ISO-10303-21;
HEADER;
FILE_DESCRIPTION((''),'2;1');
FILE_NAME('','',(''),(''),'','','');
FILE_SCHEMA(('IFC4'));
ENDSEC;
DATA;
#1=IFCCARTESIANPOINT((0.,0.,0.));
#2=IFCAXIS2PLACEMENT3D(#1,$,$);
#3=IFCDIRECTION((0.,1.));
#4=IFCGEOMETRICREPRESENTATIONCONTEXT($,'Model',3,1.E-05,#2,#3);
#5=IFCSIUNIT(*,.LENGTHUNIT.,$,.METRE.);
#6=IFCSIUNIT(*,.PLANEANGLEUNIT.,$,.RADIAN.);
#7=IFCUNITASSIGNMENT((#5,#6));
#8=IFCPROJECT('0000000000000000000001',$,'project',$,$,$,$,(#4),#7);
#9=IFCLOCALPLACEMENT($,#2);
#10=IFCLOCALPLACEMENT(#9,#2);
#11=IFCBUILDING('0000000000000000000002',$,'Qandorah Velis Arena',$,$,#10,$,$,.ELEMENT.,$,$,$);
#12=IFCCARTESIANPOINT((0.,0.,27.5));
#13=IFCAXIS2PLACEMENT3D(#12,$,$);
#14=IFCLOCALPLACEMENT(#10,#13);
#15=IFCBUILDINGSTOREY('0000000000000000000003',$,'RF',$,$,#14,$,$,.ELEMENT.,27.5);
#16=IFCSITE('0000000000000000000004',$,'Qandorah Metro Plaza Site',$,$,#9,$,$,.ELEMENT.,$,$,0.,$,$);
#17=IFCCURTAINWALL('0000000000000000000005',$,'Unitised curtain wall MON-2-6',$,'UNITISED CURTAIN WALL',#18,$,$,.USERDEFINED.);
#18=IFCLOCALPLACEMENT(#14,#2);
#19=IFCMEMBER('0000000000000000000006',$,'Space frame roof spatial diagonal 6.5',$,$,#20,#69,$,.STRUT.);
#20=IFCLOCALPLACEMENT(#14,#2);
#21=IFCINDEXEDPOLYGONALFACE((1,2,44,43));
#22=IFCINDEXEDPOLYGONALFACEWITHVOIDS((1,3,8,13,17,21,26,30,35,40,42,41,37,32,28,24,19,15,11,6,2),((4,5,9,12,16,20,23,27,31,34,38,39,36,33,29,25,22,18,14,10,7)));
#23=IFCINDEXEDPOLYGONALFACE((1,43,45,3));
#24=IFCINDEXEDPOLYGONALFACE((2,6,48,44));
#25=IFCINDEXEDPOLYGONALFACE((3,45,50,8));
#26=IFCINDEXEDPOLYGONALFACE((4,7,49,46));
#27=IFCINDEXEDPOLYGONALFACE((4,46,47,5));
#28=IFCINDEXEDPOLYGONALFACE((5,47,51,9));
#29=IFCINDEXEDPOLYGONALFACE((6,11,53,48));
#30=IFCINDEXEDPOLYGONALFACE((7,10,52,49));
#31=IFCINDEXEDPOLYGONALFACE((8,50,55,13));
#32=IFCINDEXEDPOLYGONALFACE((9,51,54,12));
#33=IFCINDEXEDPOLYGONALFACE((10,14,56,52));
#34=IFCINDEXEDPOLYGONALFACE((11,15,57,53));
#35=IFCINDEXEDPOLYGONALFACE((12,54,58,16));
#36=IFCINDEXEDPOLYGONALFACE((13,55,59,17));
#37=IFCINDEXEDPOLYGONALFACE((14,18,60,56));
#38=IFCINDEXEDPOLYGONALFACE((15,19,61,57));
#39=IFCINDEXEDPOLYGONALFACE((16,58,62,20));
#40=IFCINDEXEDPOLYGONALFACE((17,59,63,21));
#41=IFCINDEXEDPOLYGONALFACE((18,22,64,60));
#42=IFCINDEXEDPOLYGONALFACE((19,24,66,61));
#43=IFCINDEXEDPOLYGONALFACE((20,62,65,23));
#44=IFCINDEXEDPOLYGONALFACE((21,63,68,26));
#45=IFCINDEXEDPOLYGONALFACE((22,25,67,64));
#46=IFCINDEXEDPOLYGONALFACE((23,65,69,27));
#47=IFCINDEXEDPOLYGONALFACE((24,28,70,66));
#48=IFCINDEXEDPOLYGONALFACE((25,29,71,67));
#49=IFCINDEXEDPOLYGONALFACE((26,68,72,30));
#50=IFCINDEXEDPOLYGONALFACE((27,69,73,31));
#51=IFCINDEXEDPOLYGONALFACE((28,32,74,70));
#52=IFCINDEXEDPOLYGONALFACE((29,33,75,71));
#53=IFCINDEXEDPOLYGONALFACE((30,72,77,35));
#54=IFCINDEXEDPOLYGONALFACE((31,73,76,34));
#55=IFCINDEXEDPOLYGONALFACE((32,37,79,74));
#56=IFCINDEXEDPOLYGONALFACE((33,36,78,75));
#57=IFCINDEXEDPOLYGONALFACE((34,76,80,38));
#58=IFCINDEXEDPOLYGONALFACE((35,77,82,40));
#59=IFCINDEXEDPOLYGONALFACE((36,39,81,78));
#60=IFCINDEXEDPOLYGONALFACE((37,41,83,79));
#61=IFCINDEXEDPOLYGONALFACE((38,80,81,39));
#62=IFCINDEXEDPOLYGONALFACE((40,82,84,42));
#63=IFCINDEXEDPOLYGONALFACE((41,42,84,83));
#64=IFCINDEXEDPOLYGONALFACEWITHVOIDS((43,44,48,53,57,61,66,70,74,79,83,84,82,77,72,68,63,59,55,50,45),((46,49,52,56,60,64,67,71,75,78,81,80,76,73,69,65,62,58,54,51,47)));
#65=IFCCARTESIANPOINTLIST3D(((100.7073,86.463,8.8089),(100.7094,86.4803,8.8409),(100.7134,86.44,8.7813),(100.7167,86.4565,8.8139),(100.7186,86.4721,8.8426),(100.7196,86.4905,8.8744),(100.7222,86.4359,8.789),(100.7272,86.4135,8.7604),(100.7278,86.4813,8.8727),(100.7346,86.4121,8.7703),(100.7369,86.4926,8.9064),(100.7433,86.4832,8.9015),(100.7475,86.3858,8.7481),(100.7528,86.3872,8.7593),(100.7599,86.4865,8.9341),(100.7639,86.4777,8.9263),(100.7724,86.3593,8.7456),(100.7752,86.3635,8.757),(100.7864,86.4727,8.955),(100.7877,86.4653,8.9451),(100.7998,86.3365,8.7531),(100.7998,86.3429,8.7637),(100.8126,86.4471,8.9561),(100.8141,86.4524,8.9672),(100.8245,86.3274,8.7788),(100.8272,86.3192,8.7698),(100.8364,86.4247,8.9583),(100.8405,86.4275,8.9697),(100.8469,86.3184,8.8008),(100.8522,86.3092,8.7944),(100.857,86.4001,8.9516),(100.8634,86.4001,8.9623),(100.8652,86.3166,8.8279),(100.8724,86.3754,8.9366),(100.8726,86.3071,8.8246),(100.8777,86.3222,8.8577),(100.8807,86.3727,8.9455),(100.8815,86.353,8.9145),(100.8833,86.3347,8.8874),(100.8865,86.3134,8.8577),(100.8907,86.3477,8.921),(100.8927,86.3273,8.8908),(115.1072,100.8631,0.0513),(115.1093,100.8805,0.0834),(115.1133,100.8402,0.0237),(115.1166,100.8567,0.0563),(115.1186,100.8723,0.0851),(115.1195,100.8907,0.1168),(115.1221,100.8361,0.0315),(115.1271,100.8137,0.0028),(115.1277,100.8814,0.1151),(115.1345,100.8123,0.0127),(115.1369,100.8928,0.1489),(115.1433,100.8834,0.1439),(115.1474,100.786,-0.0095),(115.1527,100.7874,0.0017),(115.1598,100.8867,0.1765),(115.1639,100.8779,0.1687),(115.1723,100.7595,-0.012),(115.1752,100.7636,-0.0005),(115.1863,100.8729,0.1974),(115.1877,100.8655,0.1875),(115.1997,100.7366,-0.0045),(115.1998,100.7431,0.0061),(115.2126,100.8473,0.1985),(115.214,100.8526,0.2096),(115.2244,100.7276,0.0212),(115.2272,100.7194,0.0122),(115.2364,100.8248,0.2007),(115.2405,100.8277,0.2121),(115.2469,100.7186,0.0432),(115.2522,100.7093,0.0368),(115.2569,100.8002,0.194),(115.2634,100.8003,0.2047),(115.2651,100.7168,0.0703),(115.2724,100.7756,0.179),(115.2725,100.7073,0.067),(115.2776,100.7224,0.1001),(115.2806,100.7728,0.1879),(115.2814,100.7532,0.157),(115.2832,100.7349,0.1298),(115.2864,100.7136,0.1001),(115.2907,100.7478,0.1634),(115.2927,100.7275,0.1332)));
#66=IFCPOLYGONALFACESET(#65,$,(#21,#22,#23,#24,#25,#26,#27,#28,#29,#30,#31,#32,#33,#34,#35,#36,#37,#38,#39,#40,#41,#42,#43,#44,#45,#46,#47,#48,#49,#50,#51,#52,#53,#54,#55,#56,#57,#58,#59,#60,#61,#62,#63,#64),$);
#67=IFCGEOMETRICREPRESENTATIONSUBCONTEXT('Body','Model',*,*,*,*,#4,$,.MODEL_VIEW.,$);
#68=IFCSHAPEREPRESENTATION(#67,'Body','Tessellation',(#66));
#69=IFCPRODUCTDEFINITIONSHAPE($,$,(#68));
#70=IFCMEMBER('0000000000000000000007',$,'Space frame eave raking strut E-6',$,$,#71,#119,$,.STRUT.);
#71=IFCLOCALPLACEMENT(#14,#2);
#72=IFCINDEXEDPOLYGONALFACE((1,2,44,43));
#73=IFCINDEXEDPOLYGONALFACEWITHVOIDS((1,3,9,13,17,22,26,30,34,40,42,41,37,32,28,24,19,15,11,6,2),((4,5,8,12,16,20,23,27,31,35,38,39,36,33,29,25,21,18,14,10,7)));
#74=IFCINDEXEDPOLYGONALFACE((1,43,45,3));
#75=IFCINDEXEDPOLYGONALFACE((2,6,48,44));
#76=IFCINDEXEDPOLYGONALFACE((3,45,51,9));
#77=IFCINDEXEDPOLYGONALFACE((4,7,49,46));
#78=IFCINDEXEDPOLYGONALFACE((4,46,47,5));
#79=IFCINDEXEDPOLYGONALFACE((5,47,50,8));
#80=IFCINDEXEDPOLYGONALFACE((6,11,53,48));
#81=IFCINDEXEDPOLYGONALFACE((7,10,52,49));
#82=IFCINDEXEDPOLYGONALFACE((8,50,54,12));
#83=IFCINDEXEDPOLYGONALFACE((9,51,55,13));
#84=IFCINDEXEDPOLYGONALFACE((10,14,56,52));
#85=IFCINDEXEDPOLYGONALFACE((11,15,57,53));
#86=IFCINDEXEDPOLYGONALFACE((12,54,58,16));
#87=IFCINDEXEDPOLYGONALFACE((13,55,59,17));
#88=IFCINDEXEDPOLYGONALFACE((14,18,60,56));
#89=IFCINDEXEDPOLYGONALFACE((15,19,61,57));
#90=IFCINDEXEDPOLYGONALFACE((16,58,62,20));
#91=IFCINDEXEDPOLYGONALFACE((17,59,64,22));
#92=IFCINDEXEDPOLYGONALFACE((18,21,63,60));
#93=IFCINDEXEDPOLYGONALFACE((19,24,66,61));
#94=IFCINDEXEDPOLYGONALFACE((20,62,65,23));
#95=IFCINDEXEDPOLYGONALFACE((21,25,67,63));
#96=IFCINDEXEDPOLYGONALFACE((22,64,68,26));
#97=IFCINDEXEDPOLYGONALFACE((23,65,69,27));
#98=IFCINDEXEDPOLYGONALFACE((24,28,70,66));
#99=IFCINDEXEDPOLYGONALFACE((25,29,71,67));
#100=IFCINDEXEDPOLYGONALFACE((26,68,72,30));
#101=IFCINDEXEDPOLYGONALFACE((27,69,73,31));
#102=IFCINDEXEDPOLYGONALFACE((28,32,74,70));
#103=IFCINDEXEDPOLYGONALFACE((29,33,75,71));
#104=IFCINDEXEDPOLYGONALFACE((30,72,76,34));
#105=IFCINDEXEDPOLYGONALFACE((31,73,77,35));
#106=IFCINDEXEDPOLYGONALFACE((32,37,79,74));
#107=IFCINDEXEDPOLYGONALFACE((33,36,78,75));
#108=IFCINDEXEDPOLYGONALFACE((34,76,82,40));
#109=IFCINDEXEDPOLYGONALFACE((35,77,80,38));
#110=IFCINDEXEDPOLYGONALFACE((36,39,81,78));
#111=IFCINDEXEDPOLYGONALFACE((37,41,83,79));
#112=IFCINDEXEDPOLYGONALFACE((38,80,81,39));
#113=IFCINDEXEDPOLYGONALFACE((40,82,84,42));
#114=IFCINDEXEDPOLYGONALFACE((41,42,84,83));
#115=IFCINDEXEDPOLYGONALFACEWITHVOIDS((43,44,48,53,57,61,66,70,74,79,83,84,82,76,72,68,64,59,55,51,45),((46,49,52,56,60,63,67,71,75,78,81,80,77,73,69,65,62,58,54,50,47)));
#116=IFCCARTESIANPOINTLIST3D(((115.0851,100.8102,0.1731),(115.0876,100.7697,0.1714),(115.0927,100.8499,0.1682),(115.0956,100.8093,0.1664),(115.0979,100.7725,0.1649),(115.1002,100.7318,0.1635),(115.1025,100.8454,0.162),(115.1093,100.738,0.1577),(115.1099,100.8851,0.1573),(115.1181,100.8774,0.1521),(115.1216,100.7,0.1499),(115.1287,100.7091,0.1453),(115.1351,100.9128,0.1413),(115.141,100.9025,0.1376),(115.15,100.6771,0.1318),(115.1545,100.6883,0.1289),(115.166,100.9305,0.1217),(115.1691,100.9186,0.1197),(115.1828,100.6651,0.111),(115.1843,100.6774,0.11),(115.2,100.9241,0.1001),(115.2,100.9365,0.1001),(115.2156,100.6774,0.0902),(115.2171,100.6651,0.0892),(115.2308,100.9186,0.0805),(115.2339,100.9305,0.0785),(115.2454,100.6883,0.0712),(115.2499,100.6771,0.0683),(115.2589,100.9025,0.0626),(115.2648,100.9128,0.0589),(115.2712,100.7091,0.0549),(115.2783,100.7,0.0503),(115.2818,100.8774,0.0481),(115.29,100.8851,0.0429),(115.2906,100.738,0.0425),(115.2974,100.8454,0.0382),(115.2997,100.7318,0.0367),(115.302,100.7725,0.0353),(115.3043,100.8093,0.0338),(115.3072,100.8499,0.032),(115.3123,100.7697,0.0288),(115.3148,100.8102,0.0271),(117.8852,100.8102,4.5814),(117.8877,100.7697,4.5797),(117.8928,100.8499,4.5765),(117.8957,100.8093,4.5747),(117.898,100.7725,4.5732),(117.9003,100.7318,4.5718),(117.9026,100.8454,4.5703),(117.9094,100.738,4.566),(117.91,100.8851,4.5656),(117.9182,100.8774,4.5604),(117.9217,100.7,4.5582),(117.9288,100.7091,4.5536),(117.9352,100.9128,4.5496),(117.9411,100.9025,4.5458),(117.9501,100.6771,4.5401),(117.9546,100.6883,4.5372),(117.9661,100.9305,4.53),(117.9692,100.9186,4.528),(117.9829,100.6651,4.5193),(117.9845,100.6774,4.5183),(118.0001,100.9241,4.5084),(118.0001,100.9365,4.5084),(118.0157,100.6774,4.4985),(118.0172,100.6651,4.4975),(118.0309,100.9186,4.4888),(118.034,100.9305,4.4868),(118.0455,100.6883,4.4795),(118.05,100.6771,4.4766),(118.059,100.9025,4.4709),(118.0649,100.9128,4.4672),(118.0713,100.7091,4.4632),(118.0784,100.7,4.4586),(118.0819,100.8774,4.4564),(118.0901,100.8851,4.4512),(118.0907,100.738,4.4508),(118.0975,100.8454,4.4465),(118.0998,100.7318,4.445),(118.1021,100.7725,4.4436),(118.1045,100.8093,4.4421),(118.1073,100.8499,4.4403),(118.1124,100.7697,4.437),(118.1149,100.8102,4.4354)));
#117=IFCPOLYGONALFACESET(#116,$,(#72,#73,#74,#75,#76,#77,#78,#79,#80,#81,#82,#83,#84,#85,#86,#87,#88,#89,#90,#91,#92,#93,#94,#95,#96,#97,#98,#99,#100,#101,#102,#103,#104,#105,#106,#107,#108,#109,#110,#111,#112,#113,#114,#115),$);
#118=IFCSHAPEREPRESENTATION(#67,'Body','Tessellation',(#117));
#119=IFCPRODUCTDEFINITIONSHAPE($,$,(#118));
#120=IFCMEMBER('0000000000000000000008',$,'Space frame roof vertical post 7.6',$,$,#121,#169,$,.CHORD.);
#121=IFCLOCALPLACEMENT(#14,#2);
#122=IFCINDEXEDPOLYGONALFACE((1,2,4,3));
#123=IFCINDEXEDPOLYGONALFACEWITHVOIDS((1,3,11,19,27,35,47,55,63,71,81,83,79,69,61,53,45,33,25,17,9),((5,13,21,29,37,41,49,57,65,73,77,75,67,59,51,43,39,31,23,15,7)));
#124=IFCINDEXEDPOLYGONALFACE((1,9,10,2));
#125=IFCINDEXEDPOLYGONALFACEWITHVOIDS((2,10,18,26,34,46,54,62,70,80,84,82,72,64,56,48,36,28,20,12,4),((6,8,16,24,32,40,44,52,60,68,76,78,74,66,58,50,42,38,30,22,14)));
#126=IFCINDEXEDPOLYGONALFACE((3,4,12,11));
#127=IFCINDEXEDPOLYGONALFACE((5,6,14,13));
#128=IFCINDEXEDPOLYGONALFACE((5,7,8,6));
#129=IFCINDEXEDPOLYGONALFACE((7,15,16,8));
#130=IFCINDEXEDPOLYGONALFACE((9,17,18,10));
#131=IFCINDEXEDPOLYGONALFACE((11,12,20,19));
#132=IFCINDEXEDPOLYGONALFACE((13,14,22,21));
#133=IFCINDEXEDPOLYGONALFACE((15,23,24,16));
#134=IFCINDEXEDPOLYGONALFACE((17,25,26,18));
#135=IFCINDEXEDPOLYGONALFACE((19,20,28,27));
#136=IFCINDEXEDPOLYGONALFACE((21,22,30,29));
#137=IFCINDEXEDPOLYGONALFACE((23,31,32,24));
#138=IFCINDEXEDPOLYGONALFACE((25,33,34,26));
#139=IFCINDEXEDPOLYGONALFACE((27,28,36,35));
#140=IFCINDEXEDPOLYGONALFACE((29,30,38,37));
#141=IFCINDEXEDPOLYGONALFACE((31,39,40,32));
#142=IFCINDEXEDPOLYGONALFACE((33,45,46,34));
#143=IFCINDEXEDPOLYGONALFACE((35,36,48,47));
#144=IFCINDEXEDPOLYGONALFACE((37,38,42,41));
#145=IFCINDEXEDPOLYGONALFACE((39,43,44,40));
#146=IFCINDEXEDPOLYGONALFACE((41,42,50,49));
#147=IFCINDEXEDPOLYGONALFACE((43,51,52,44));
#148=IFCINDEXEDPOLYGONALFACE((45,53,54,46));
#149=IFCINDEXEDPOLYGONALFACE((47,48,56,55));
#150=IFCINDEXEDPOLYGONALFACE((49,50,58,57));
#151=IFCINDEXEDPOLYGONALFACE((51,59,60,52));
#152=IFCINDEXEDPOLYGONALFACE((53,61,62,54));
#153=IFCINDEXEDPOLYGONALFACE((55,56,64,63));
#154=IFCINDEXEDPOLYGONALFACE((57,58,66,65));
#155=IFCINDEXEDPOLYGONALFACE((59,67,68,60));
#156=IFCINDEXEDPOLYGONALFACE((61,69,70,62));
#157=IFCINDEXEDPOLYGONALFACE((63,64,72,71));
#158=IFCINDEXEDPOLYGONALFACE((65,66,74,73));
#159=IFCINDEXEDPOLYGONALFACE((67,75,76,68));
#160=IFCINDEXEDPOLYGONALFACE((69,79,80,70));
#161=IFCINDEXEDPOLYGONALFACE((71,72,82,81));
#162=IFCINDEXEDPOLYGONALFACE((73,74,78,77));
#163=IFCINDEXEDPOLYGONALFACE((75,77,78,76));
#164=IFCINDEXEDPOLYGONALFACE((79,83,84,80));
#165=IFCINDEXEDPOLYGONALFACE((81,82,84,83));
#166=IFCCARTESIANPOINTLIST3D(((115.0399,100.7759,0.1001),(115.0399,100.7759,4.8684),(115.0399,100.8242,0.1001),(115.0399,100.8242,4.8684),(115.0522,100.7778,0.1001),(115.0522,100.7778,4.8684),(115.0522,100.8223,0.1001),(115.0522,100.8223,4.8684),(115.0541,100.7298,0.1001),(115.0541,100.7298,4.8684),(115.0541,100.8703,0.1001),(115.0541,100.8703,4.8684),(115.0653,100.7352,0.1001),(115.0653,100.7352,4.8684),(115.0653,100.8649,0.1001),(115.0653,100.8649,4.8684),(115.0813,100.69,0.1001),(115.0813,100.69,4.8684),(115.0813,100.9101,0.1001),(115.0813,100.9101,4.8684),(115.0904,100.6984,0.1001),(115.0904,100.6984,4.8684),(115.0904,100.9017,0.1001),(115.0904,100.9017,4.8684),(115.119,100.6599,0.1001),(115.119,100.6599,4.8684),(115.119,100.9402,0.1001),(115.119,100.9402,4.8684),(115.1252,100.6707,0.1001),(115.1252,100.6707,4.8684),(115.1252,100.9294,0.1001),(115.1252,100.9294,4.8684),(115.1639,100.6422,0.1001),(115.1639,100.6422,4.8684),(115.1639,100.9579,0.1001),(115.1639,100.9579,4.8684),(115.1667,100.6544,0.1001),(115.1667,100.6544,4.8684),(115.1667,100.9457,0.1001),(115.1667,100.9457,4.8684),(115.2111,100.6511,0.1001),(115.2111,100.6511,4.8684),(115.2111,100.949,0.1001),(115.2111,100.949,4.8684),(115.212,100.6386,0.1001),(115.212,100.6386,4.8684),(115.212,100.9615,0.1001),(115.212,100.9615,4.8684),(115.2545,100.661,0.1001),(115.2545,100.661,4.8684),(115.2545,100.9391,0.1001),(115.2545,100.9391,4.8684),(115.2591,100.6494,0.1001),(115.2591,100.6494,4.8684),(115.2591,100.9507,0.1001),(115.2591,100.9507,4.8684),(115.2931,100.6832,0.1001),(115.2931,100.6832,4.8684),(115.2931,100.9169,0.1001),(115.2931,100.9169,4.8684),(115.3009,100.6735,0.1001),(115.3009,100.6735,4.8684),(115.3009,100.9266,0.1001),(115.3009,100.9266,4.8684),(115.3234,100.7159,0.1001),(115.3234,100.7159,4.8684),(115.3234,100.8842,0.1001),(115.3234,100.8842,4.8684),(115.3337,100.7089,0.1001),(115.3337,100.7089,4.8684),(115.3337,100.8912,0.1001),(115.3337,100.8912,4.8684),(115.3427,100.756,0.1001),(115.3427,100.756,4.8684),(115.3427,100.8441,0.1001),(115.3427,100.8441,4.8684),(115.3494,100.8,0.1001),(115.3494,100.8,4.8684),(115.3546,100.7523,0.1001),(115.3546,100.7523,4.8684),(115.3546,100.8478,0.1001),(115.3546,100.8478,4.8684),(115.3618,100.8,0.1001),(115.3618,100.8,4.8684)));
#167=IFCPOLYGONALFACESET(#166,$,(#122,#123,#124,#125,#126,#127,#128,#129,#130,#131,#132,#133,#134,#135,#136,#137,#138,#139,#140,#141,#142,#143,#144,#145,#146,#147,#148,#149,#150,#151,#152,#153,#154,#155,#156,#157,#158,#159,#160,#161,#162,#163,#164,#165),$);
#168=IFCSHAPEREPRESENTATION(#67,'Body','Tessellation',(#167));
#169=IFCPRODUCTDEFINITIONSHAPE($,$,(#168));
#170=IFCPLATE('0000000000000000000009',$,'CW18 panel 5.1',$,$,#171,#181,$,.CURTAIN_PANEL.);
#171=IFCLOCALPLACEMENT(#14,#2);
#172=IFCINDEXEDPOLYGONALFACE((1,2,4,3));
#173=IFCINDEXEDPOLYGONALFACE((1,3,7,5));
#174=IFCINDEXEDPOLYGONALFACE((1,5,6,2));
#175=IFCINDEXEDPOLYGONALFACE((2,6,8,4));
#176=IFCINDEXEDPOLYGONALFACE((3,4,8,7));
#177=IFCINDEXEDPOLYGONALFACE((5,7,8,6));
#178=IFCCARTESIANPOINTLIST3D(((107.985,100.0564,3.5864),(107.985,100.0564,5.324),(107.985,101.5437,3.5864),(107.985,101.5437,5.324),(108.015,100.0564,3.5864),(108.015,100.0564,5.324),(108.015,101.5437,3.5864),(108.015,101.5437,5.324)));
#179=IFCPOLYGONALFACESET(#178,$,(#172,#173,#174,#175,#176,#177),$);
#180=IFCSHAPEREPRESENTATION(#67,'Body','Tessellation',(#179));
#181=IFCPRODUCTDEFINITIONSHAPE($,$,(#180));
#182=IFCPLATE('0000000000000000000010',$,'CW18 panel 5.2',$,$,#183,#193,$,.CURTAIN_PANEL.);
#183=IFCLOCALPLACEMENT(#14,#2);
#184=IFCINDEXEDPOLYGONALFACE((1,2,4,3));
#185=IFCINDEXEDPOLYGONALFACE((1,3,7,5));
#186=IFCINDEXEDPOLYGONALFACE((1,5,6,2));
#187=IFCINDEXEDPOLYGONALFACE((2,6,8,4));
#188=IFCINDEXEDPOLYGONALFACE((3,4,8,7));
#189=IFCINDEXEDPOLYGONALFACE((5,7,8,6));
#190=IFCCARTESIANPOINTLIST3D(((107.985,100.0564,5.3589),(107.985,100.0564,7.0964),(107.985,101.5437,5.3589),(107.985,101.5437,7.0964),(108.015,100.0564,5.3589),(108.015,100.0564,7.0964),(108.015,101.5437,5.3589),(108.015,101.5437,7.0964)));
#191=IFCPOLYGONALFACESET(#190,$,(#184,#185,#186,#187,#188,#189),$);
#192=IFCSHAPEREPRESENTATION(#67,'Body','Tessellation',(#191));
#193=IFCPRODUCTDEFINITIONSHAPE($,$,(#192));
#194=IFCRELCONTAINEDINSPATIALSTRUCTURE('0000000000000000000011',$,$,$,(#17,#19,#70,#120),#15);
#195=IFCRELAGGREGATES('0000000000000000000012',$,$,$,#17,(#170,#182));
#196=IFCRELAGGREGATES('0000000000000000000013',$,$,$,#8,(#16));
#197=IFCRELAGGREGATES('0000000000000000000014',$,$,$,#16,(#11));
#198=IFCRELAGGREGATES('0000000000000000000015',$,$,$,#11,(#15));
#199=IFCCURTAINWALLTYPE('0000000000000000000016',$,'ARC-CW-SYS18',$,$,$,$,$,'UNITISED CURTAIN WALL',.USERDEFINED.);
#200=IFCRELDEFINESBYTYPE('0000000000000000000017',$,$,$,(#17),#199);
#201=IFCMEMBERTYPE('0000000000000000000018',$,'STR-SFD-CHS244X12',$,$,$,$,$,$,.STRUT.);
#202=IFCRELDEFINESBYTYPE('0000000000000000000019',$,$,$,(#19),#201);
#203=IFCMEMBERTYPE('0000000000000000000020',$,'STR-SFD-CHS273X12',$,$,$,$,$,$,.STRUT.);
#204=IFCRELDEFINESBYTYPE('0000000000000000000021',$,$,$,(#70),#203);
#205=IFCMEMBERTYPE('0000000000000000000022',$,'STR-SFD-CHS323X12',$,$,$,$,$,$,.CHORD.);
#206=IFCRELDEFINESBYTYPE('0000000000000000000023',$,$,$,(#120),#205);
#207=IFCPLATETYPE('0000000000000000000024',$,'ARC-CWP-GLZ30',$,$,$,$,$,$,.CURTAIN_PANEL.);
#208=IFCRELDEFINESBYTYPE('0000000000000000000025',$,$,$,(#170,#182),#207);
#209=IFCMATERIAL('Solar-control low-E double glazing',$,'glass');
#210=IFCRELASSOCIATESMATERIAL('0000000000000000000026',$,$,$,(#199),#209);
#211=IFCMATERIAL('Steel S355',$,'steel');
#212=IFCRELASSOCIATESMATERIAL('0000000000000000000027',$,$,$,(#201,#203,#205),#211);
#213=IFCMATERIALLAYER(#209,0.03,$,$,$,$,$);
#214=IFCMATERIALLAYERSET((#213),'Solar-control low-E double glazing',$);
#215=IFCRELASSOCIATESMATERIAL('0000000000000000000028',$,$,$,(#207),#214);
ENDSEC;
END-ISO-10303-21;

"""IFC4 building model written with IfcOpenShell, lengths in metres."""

from ifc_helpers import new_model, si_unit, direction, frame, origin, origin_2d, place, context, subcontext, project, spatial, rectangle, hollow_circle, extrude, material, layer, layer_set, material_profile, profile_set, type_object, element, aggregate, save


model = new_model("IFC4")

# Units and contexts
model_context = context("Model", 3, precision=1e-05, world=origin(), true_north=direction((0.0, 1.0)))
body_context = subcontext(model_context, "Body", "Model", "MODEL_VIEW")
ifc_project = project(units=[si_unit("LENGTHUNIT", "METRE"), si_unit("PLANEANGLEUNIT", "RADIAN")], contexts=[model_context])

# Site, building, storey
site_placement = place(None, origin())
site = spatial("IfcSite", under=ifc_project, at=site_placement, Name="Qandorah Metro Plaza Site", CompositionType="ELEMENT", RefElevation=0.0)
building_placement = place(site_placement, origin())
building = spatial("IfcBuilding", under=site, at=building_placement, Name="Qandorah Velis Arena", CompositionType="ELEMENT")
storey_placement = place(building_placement, frame((0.0, 0.0, 27.5)))
storey = spatial("IfcBuildingStorey", under=building, at=storey_placement, Name="RF", CompositionType="ELEMENT", Elevation=27.5)

# Curtain wall
ifc_material_1 = material(Name="Solar-control low-E double glazing", Category="glass")
curtain_wall_type_1 = type_object("IfcCurtainWallType", Name="ARC-CW-SYS18", ElementType="UNITISED CURTAIN WALL", PredefinedType="USERDEFINED", material=ifc_material_1)
curtain_wall_1_placement = place(storey_placement, origin())
curtain_wall_1 = element("IfcCurtainWall", 1, at=curtain_wall_1_placement, inside=storey, type_object=curtain_wall_type_1, Name="Unitised curtain wall MON-2-6", ObjectType="UNITISED CURTAIN WALL", PredefinedType="USERDEFINED")

# Shared definitions
ifc_material_2 = material(Name="Steel S355", Category="steel")

# Members
ifc_material_profile_1 = material_profile(ifc_material_2, hollow_circle(Radius=0.1223, WallThickness=0.0125, at=origin_2d()), Name="CHS 244.5x12.5")
ifc_profile_set_1 = profile_set([ifc_material_profile_1], Name="Steel S355")
member_type_1 = type_object("IfcMemberType", Name="STR-SFD-CHS244X12", PredefinedType="STRUT", material=ifc_profile_set_1)
member_1_placement = place(storey_placement, frame((115.2, 100.8, 0.1001), z_axis=(-0.649583, -0.649594, 0.395056), x_axis=(0.707113, -0.707101, 0.0)))
element("IfcMember", 2, at=member_1_placement, inside=storey, type_object=member_type_1, Name="Space frame roof spatial diagonal 6.5", PredefinedType="STRUT", context=body_context, shape_type="SweptSolid", body=[
    extrude(hollow_circle(Radius=0.1223, WallThickness=0.0125, at=origin_2d()), origin(), (0.0, 0.0, 1.0), 22.168),
])
ifc_material_profile_2 = material_profile(ifc_material_2, hollow_circle(Radius=0.1365, WallThickness=0.0125, at=origin_2d()), Name="CHS 273x12.5")
ifc_profile_set_2 = profile_set([ifc_material_profile_2], Name="Steel S355")
member_type_2 = type_object("IfcMemberType", Name="STR-SFD-CHS273X12", PredefinedType="STRUT", material=ifc_profile_set_2)
member_2_placement = place(storey_placement, frame((115.2, 100.8, 0.1001), z_axis=(0.53617, 0.0, 0.84411), x_axis=(0.0, 1.0, 0.0)))
element("IfcMember", 3, at=member_2_placement, inside=storey, type_object=member_type_2, Name="Space frame eave raking strut E-6", PredefinedType="STRUT", context=body_context, shape_type="SweptSolid", body=[
    extrude(hollow_circle(Radius=0.1365, WallThickness=0.0125, at=origin_2d()), origin(), (0.0, 0.0, 1.0), 5.2224),
])
ifc_material_profile_3 = material_profile(ifc_material_2, hollow_circle(Radius=0.1619, WallThickness=0.0125, at=origin_2d()), Name="CHS 323.9x12.5")
ifc_profile_set_3 = profile_set([ifc_material_profile_3], Name="Steel S355")
member_type_3 = type_object("IfcMemberType", Name="STR-SFD-CHS323X12", PredefinedType="CHORD", material=ifc_profile_set_3)
member_3_placement = place(storey_placement, frame((115.2, 100.8, 0.1001), z_axis=(0.0, 0.0, 1.0), x_axis=(1.0, 0.0, 0.0)))
element("IfcMember", 4, at=member_3_placement, inside=storey, type_object=member_type_3, Name="Space frame roof vertical post 7.6", PredefinedType="CHORD", context=body_context, shape_type="SweptSolid", body=[
    extrude(hollow_circle(Radius=0.1619, WallThickness=0.0125, at=origin_2d()), origin(), (0.0, 0.0, 1.0), 4.7683),
])

# Plates
ifc_layer = layer(ifc_material_1, 0.03)
ifc_layer_set = layer_set([ifc_layer], Name="Solar-control low-E double glazing")
plate_type = type_object("IfcPlateType", Name="ARC-CWP-GLZ30", PredefinedType="CURTAIN_PANEL", material=ifc_layer_set)
plate_1_placement = place(storey_placement, frame((108.0, 100.8, 3.5864), z_axis=(0.0, 0.0, 1.0), x_axis=(0.0, 1.0, 0.0)))
plate_1 = element("IfcPlate", 5, at=plate_1_placement, type_object=plate_type, Name="CW18 panel 5.1", PredefinedType="CURTAIN_PANEL", context=body_context, shape_type="SweptSolid", body=[
    extrude(rectangle(XDim=1.4873, YDim=0.03, at=origin_2d()), origin(), (0.0, 0.0, 1.0), 1.7375),
])
plate_2_placement = place(storey_placement, frame((108.0, 100.8, 5.3589), z_axis=(0.0, 0.0, 1.0), x_axis=(0.0, 1.0, 0.0)))
plate_2 = element("IfcPlate", 6, at=plate_2_placement, type_object=plate_type, Name="CW18 panel 5.2", PredefinedType="CURTAIN_PANEL", context=body_context, shape_type="SweptSolid", body=[
    extrude(rectangle(XDim=1.4873, YDim=0.03, at=origin_2d()), origin(), (0.0, 0.0, 1.0), 1.7375),
])
aggregate(curtain_wall_1, [plate_1, plate_2])

save(model, "model.ifc")
